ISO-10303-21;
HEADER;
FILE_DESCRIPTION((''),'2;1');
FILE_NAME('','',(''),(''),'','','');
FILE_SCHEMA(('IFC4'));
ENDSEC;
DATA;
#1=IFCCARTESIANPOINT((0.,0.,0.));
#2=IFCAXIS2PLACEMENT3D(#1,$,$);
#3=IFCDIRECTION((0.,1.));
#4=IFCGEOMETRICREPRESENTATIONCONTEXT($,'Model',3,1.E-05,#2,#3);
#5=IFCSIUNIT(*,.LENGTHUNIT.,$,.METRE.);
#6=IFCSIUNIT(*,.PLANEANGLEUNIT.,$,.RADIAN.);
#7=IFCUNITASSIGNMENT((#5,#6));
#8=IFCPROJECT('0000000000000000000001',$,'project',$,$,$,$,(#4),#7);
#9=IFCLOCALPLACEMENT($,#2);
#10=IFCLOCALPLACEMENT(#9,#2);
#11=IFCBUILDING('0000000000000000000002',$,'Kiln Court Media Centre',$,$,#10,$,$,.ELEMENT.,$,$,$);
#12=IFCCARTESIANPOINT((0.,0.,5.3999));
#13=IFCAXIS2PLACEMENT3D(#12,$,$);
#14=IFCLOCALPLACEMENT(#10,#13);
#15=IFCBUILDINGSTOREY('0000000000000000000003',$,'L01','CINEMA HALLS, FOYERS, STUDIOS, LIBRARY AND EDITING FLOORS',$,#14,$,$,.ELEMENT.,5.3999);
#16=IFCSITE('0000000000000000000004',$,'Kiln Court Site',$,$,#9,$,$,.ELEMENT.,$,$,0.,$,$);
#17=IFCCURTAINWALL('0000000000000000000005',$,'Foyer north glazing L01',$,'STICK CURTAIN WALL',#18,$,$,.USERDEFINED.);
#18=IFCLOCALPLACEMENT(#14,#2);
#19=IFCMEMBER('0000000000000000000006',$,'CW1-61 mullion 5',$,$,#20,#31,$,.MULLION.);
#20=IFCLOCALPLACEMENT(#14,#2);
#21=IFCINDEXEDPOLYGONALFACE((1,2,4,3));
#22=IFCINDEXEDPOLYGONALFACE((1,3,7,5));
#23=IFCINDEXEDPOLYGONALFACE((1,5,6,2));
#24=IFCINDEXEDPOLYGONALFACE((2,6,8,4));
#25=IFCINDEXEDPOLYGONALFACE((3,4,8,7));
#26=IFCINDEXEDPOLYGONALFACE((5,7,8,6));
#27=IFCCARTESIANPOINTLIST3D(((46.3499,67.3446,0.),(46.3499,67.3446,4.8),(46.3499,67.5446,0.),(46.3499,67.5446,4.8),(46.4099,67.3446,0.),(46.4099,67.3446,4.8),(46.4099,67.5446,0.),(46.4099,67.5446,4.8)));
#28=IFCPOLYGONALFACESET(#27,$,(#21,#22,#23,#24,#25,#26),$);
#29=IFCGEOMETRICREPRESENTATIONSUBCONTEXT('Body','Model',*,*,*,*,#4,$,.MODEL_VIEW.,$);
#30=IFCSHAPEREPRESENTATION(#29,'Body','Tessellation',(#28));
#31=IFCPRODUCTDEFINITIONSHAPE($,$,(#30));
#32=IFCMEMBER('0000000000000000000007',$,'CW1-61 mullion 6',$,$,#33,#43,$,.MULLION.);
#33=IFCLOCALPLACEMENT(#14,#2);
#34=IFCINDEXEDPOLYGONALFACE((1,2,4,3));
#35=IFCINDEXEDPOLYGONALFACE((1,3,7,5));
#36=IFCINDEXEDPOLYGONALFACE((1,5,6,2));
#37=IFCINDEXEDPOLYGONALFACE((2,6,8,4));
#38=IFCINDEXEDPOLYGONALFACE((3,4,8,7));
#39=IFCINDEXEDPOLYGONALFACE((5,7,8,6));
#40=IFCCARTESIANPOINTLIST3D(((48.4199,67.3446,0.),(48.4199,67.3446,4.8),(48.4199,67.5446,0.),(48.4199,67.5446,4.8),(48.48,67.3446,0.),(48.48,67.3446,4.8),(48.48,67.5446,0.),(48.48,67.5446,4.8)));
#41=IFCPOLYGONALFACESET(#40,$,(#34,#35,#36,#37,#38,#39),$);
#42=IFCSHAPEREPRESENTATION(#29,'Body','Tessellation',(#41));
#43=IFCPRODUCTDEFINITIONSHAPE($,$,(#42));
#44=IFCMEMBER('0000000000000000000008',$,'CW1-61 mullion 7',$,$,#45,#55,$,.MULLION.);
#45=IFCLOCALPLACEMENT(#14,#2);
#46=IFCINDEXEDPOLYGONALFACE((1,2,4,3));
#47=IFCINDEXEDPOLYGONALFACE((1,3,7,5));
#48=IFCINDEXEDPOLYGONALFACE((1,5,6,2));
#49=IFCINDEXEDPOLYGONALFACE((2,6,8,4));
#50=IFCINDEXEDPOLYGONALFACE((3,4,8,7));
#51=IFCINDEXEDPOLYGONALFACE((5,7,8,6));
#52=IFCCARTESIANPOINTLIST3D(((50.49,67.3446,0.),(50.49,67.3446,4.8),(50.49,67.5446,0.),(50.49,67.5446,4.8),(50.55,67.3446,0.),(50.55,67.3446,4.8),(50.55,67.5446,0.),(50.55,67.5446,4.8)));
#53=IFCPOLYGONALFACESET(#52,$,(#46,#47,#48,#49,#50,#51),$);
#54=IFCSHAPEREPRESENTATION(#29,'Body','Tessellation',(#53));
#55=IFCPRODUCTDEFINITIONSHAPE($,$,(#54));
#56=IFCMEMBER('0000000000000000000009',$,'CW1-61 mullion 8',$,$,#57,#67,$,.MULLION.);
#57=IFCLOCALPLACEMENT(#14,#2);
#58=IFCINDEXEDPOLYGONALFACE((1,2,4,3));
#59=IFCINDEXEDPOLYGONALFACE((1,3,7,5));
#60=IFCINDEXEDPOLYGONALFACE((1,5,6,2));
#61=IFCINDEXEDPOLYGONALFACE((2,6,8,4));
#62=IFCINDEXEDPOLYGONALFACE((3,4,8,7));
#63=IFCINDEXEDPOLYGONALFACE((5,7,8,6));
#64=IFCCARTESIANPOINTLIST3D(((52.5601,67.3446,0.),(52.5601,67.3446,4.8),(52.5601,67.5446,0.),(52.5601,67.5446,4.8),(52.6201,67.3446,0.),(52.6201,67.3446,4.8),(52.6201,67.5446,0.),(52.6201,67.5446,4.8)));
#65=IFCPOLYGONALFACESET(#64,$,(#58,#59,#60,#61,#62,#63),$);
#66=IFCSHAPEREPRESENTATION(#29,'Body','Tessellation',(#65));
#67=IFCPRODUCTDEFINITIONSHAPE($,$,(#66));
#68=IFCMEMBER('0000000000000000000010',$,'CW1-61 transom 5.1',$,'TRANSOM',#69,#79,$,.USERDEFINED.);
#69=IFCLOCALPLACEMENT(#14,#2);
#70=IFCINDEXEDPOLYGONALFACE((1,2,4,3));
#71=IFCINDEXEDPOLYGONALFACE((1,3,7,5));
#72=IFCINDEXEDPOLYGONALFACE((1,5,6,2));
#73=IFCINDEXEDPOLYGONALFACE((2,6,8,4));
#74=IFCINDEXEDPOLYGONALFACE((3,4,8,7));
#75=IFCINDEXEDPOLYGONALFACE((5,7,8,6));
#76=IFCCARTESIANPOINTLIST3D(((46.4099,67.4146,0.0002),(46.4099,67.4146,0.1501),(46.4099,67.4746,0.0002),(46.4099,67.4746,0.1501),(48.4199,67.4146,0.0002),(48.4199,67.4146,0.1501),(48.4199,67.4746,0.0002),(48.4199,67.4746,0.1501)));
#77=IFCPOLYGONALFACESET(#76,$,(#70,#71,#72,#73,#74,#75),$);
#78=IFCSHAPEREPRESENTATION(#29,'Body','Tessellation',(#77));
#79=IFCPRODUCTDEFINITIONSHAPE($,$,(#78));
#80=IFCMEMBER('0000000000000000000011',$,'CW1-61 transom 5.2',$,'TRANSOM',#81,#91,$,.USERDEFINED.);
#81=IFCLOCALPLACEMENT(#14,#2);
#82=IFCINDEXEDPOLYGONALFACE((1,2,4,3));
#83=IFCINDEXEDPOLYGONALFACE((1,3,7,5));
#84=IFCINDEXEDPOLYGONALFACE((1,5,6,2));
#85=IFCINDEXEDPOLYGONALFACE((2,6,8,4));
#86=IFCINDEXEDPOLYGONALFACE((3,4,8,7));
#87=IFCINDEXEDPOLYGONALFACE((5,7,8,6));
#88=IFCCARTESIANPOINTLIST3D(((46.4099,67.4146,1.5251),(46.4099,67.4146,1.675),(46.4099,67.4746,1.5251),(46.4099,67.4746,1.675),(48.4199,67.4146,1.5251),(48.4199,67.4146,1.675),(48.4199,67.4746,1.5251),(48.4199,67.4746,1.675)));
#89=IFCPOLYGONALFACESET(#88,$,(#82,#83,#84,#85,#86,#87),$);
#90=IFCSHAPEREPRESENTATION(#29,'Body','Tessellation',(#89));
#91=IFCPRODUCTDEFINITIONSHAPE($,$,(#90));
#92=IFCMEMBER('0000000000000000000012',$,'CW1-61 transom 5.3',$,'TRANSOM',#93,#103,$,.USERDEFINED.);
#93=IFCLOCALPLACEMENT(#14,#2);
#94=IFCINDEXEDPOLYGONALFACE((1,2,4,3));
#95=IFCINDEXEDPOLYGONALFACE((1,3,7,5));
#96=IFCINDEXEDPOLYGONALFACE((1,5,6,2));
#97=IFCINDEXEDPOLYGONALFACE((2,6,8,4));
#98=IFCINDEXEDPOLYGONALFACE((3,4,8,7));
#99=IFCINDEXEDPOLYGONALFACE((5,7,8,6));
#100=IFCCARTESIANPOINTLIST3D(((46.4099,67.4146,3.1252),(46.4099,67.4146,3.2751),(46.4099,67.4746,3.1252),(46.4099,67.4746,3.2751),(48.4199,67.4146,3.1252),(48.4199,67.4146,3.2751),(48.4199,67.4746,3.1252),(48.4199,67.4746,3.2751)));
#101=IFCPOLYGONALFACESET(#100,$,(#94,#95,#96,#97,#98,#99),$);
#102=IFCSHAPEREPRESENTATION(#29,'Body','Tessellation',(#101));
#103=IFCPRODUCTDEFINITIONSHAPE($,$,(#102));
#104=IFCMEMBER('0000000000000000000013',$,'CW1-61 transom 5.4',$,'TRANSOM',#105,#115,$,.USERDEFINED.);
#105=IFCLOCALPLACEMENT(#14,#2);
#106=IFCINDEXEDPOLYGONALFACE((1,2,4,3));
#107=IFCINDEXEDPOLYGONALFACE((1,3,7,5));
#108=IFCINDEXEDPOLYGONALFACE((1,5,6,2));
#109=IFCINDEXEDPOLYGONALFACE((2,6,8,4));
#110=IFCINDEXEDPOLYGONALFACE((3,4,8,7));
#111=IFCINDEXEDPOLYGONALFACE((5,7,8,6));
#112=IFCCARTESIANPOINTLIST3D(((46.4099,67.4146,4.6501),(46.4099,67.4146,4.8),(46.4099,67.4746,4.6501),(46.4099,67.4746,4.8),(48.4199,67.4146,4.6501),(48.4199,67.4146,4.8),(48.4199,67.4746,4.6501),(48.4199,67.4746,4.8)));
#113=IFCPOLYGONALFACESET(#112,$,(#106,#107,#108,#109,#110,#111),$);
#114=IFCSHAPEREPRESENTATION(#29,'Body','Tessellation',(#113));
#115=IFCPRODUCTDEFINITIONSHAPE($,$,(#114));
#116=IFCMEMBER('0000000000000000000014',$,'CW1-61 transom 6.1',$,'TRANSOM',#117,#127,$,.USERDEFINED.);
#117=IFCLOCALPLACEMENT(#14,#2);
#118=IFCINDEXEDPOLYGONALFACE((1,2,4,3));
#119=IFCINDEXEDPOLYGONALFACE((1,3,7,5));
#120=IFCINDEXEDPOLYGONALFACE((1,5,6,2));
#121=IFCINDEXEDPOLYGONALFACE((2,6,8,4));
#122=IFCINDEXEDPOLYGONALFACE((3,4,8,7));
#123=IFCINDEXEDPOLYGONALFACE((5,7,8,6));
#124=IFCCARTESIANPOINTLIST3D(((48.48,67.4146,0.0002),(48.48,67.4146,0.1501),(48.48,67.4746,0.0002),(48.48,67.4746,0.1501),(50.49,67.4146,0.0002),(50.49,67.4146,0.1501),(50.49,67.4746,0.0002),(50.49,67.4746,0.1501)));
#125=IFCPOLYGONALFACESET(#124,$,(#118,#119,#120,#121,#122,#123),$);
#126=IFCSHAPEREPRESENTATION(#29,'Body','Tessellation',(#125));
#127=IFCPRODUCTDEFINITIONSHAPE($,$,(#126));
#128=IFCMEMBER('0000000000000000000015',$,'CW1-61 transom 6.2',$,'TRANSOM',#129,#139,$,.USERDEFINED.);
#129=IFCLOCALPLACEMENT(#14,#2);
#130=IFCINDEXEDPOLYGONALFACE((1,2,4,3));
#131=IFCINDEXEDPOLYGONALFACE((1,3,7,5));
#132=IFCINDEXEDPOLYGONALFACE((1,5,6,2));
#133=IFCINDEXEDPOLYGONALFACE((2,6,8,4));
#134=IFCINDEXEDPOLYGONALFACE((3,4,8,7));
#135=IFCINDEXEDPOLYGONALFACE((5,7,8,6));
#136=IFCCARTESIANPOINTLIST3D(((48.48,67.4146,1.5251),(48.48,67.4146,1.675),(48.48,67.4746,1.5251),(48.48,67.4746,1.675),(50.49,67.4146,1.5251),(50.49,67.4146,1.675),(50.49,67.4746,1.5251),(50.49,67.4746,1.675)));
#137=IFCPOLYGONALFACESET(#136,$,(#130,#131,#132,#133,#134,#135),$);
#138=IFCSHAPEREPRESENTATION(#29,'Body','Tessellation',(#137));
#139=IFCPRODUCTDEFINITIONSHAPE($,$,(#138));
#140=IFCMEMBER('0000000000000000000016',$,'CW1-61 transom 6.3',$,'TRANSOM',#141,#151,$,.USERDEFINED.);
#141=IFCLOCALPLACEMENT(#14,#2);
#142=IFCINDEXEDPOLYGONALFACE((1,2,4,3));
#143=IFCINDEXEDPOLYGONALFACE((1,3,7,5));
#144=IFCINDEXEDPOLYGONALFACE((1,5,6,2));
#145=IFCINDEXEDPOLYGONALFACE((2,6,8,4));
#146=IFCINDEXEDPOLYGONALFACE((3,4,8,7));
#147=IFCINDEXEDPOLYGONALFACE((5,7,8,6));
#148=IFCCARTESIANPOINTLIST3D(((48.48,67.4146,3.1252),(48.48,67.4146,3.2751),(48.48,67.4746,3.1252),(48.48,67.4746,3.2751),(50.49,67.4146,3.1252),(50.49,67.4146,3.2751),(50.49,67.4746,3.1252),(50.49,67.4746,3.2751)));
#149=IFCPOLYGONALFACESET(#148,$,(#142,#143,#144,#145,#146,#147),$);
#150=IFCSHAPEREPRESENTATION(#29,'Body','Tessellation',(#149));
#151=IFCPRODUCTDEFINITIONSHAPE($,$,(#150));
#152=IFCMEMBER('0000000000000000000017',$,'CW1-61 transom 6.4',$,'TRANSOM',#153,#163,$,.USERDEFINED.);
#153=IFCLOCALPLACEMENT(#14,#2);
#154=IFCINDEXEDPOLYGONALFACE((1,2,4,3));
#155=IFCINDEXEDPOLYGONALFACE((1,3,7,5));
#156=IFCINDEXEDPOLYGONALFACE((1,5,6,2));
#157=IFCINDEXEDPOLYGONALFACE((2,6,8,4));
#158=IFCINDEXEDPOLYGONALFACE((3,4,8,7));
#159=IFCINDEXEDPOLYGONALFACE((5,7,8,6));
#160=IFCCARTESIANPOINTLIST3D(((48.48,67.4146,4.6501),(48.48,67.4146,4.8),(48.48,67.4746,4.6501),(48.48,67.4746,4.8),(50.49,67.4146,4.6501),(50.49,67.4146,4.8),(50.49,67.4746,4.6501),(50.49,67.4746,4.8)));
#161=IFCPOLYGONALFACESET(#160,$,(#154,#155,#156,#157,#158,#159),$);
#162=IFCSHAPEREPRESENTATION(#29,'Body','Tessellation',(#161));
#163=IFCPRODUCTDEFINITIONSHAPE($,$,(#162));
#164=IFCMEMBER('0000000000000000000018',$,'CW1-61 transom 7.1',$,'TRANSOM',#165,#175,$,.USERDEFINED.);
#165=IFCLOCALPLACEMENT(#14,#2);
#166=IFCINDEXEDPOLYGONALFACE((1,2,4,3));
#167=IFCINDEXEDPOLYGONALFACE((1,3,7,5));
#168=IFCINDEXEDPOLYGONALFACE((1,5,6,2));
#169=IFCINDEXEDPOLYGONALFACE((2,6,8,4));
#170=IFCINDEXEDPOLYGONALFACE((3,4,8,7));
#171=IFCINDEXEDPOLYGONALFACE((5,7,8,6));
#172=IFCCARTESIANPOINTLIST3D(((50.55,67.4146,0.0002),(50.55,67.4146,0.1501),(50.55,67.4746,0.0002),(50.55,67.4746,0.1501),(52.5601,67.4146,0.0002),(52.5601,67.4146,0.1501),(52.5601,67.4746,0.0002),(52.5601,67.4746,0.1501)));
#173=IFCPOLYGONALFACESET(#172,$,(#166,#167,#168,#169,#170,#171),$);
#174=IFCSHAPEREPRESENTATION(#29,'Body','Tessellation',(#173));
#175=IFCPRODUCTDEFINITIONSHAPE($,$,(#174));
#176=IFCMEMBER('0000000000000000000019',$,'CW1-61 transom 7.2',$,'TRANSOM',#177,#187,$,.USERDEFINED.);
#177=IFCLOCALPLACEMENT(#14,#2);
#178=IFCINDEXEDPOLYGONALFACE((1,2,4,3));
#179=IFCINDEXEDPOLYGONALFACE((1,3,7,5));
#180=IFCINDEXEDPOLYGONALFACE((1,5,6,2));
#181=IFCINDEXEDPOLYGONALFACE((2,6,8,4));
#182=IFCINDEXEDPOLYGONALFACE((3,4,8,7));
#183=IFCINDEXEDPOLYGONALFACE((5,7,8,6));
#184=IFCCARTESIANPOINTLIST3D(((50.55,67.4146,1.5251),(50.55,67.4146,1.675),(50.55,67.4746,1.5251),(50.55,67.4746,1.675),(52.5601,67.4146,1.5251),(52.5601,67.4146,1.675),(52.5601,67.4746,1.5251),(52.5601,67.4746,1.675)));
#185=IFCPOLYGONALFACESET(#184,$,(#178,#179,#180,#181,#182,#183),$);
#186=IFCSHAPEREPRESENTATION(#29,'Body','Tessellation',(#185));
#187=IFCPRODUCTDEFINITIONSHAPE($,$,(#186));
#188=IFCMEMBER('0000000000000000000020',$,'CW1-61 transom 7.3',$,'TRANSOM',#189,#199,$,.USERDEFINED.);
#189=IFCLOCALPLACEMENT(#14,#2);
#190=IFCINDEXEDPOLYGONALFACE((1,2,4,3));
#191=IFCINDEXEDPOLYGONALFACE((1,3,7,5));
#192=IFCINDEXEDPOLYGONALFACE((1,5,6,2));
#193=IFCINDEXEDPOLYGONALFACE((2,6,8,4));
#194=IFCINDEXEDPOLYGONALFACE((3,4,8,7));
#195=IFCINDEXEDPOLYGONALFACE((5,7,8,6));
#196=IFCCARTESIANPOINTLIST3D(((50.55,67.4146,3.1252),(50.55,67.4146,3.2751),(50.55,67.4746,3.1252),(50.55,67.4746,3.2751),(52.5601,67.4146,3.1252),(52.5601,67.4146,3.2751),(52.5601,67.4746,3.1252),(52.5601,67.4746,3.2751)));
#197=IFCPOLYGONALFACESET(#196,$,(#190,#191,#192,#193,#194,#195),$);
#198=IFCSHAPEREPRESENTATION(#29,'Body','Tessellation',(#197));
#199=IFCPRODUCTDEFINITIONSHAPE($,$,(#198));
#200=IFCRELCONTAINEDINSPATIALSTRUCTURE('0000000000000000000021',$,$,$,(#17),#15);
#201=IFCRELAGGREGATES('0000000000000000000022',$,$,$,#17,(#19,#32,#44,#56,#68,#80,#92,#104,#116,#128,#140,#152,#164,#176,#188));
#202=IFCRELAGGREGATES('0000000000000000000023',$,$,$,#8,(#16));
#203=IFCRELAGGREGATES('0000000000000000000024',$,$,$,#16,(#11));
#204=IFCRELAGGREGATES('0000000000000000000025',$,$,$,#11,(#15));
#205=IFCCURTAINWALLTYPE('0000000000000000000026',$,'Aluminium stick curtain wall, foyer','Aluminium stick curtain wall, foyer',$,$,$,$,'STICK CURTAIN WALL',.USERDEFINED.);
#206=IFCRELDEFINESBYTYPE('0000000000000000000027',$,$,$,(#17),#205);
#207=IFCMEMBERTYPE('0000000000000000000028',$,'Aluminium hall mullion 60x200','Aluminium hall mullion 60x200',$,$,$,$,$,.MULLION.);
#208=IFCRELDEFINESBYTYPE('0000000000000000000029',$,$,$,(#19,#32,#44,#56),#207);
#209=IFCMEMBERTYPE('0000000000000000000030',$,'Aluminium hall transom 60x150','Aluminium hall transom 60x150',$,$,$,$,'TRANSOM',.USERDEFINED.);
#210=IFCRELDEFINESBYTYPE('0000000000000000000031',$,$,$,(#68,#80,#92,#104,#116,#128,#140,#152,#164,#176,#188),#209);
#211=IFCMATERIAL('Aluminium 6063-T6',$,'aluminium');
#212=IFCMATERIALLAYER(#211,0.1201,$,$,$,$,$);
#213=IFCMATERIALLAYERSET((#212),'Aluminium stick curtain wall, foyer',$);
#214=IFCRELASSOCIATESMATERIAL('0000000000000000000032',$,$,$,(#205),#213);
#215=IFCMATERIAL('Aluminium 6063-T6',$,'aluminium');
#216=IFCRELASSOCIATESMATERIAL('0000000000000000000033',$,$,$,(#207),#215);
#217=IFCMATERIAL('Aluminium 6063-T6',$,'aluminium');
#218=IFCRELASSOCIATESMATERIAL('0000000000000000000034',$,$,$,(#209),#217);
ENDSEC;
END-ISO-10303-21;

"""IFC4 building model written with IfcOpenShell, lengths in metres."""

from ifc_helpers import new_model, si_unit, direction, frame, origin, origin_2d, place, context, subcontext, project, spatial, rectangle, extrude, material, layer, layer_set, material_profile, profile_set, type_object, element, aggregate, save


model = new_model("IFC4")

# Units and contexts
model_context = context("Model", 3, precision=1e-05, world=origin(), true_north=direction((0.0, 1.0)))
body_context = subcontext(model_context, "Body", "Model", "MODEL_VIEW")
ifc_project = project(units=[si_unit("LENGTHUNIT", "METRE"), si_unit("PLANEANGLEUNIT", "RADIAN")], contexts=[model_context])

# Site, building, storey
site_placement = place(None, origin())
site = spatial("IfcSite", under=ifc_project, at=site_placement, Name="Kiln Court Site", CompositionType="ELEMENT", RefElevation=0.0)
building_placement = place(site_placement, origin())
building = spatial("IfcBuilding", under=site, at=building_placement, Name="Kiln Court Media Centre", CompositionType="ELEMENT")
storey_placement = place(building_placement, frame((0.0, 0.0, 5.3999)))
storey = spatial("IfcBuildingStorey", under=building, at=storey_placement, Name="L01", Description="CINEMA HALLS, FOYERS, STUDIOS, LIBRARY AND EDITING FLOORS", CompositionType="ELEMENT", Elevation=5.3999)

# Curtain wall, members
ifc_material_1 = material(Name="Aluminium 6063-T6", Category="aluminium")
ifc_layer_1 = layer(ifc_material_1, 0.1201)
ifc_layer_set_1 = layer_set([ifc_layer_1], Name="Aluminium stick curtain wall, foyer")
curtain_wall_type = type_object("IfcCurtainWallType", Name="Aluminium stick curtain wall, foyer", Description="Aluminium stick curtain wall, foyer", ElementType="STICK CURTAIN WALL", PredefinedType="USERDEFINED", material=ifc_layer_set_1)
curtain_wall_placement = place(storey_placement, origin())
curtain_wall = element("IfcCurtainWall", 1, at=curtain_wall_placement, inside=storey, type_object=curtain_wall_type, Name="Foyer north glazing L01", ObjectType="STICK CURTAIN WALL", PredefinedType="USERDEFINED")
ifc_material_2 = material(Name="Aluminium 6063-T6", Category="aluminium")
ifc_material_profile_1 = material_profile(ifc_material_2, rectangle(XDim=0.0601, YDim=0.2, at=origin_2d()), Name="Aluminium hall mullion 60x200")
ifc_profile_set_1 = profile_set([ifc_material_profile_1], Name="Aluminium 6063-T6")
member_type_1 = type_object("IfcMemberType", Name="Aluminium hall mullion 60x200", Description="Aluminium hall mullion 60x200", PredefinedType="MULLION", material=ifc_profile_set_1)
member_1_placement = place(storey_placement, frame((46.3799, 67.4446, 0.0), z_axis=(0.0, 0.0, 1.0), x_axis=(1.0, 0.0, 0.0)))
member_1 = element("IfcMember", 2, at=member_1_placement, type_object=member_type_1, Name="CW1-61 mullion 5", PredefinedType="MULLION", context=body_context, shape_type="SweptSolid", body=[
    extrude(rectangle(XDim=0.0601, YDim=0.2, at=origin_2d()), origin(), (0.0, 0.0, 1.0), 4.8),
])
member_2_placement = place(storey_placement, frame((48.45, 67.4446, 0.0), z_axis=(0.0, 0.0, 1.0), x_axis=(1.0, 0.0, 0.0)))
member_2 = element("IfcMember", 3, at=member_2_placement, type_object=member_type_1, Name="CW1-61 mullion 6", PredefinedType="MULLION", context=body_context, shape_type="SweptSolid", body=[
    extrude(rectangle(XDim=0.0601, YDim=0.2, at=origin_2d()), origin(), (0.0, 0.0, 1.0), 4.8),
])
member_3_placement = place(storey_placement, frame((50.52, 67.4446, 0.0), z_axis=(0.0, 0.0, 1.0), x_axis=(1.0, 0.0, 0.0)))
member_3 = element("IfcMember", 4, at=member_3_placement, type_object=member_type_1, Name="CW1-61 mullion 7", PredefinedType="MULLION", context=body_context, shape_type="SweptSolid", body=[
    extrude(rectangle(XDim=0.0601, YDim=0.2, at=origin_2d()), origin(), (0.0, 0.0, 1.0), 4.8),
])
member_4_placement = place(storey_placement, frame((52.5901, 67.4446, 0.0), z_axis=(0.0, 0.0, 1.0), x_axis=(1.0, 0.0, 0.0)))
member_4 = element("IfcMember", 5, at=member_4_placement, type_object=member_type_1, Name="CW1-61 mullion 8", PredefinedType="MULLION", context=body_context, shape_type="SweptSolid", body=[
    extrude(rectangle(XDim=0.0601, YDim=0.2, at=origin_2d()), origin(), (0.0, 0.0, 1.0), 4.8),
])
ifc_material_3 = material(Name="Aluminium 6063-T6", Category="aluminium")
ifc_material_profile_2 = material_profile(ifc_material_3, rectangle(XDim=0.0601, YDim=0.1499, at=origin_2d()), Name="Aluminium hall transom 60x150")
ifc_profile_set_2 = profile_set([ifc_material_profile_2], Name="Aluminium 6063-T6")
member_type_2 = type_object("IfcMemberType", Name="Aluminium hall transom 60x150", Description="Aluminium hall transom 60x150", ElementType="TRANSOM", PredefinedType="USERDEFINED", material=ifc_profile_set_2)
member_5_placement = place(storey_placement, frame((46.4099, 67.4446, 0.0752), z_axis=(1.0, 0.0, 0.0), x_axis=(0.0, 1.0, 0.0)))
member_5 = element("IfcMember", 6, at=member_5_placement, type_object=member_type_2, Name="CW1-61 transom 5.1", ObjectType="TRANSOM", PredefinedType="USERDEFINED", context=body_context, shape_type="SweptSolid", body=[
    extrude(rectangle(XDim=0.0601, YDim=0.1499, at=origin_2d()), origin(), (0.0, 0.0, 1.0), 2.01),
])
member_6_placement = place(storey_placement, frame((46.4099, 67.4446, 1.6001), z_axis=(1.0, 0.0, 0.0), x_axis=(0.0, 1.0, 0.0)))
member_6 = element("IfcMember", 7, at=member_6_placement, type_object=member_type_2, Name="CW1-61 transom 5.2", ObjectType="TRANSOM", PredefinedType="USERDEFINED", context=body_context, shape_type="SweptSolid", body=[
    extrude(rectangle(XDim=0.0601, YDim=0.1499, at=origin_2d()), origin(), (0.0, 0.0, 1.0), 2.01),
])
member_7_placement = place(storey_placement, frame((46.4099, 67.4446, 3.2002), z_axis=(1.0, 0.0, 0.0), x_axis=(0.0, 1.0, 0.0)))
member_7 = element("IfcMember", 8, at=member_7_placement, type_object=member_type_2, Name="CW1-61 transom 5.3", ObjectType="TRANSOM", PredefinedType="USERDEFINED", context=body_context, shape_type="SweptSolid", body=[
    extrude(rectangle(XDim=0.0601, YDim=0.1499, at=origin_2d()), origin(), (0.0, 0.0, 1.0), 2.01),
])
member_8_placement = place(storey_placement, frame((46.4099, 67.4446, 4.7251), z_axis=(1.0, 0.0, 0.0), x_axis=(0.0, 1.0, 0.0)))
member_8 = element("IfcMember", 9, at=member_8_placement, type_object=member_type_2, Name="CW1-61 transom 5.4", ObjectType="TRANSOM", PredefinedType="USERDEFINED", context=body_context, shape_type="SweptSolid", body=[
    extrude(rectangle(XDim=0.0601, YDim=0.1499, at=origin_2d()), origin(), (0.0, 0.0, 1.0), 2.01),
])
member_9_placement = place(storey_placement, frame((48.48, 67.4446, 0.0752), z_axis=(1.0, 0.0, 0.0), x_axis=(0.0, 1.0, 0.0)))
member_9 = element("IfcMember", 10, at=member_9_placement, type_object=member_type_2, Name="CW1-61 transom 6.1", ObjectType="TRANSOM", PredefinedType="USERDEFINED", context=body_context, shape_type="SweptSolid", body=[
    extrude(rectangle(XDim=0.0601, YDim=0.1499, at=origin_2d()), origin(), (0.0, 0.0, 1.0), 2.01),
])
member_10_placement = place(storey_placement, frame((48.48, 67.4446, 1.6001), z_axis=(1.0, 0.0, 0.0), x_axis=(0.0, 1.0, 0.0)))
member_10 = element("IfcMember", 11, at=member_10_placement, type_object=member_type_2, Name="CW1-61 transom 6.2", ObjectType="TRANSOM", PredefinedType="USERDEFINED", context=body_context, shape_type="SweptSolid", body=[
    extrude(rectangle(XDim=0.0601, YDim=0.1499, at=origin_2d()), origin(), (0.0, 0.0, 1.0), 2.01),
])
member_11_placement = place(storey_placement, frame((48.48, 67.4446, 3.2002), z_axis=(1.0, 0.0, 0.0), x_axis=(0.0, 1.0, 0.0)))
member_11 = element("IfcMember", 12, at=member_11_placement, type_object=member_type_2, Name="CW1-61 transom 6.3", ObjectType="TRANSOM", PredefinedType="USERDEFINED", context=body_context, shape_type="SweptSolid", body=[
    extrude(rectangle(XDim=0.0601, YDim=0.1499, at=origin_2d()), origin(), (0.0, 0.0, 1.0), 2.01),
])
member_12_placement = place(storey_placement, frame((48.48, 67.4446, 4.7251), z_axis=(1.0, 0.0, 0.0), x_axis=(0.0, 1.0, 0.0)))
member_12 = element("IfcMember", 13, at=member_12_placement, type_object=member_type_2, Name="CW1-61 transom 6.4", ObjectType="TRANSOM", PredefinedType="USERDEFINED", context=body_context, shape_type="SweptSolid", body=[
    extrude(rectangle(XDim=0.0601, YDim=0.1499, at=origin_2d()), origin(), (0.0, 0.0, 1.0), 2.01),
])
member_13_placement = place(storey_placement, frame((50.55, 67.4446, 0.0752), z_axis=(1.0, 0.0, 0.0), x_axis=(0.0, 1.0, 0.0)))
member_13 = element("IfcMember", 14, at=member_13_placement, type_object=member_type_2, Name="CW1-61 transom 7.1", ObjectType="TRANSOM", PredefinedType="USERDEFINED", context=body_context, shape_type="SweptSolid", body=[
    extrude(rectangle(XDim=0.0601, YDim=0.1499, at=origin_2d()), origin(), (0.0, 0.0, 1.0), 2.01),
])
member_14_placement = place(storey_placement, frame((50.55, 67.4446, 1.6001), z_axis=(1.0, 0.0, 0.0), x_axis=(0.0, 1.0, 0.0)))
member_14 = element("IfcMember", 15, at=member_14_placement, type_object=member_type_2, Name="CW1-61 transom 7.2", ObjectType="TRANSOM", PredefinedType="USERDEFINED", context=body_context, shape_type="SweptSolid", body=[
    extrude(rectangle(XDim=0.0601, YDim=0.1499, at=origin_2d()), origin(), (0.0, 0.0, 1.0), 2.01),
])
member_15_placement = place(storey_placement, frame((50.55, 67.4446, 3.2002), z_axis=(1.0, 0.0, 0.0), x_axis=(0.0, 1.0, 0.0)))
member_15 = element("IfcMember", 16, at=member_15_placement, type_object=member_type_2, Name="CW1-61 transom 7.3", ObjectType="TRANSOM", PredefinedType="USERDEFINED", context=body_context, shape_type="SweptSolid", body=[
    extrude(rectangle(XDim=0.0601, YDim=0.1499, at=origin_2d()), origin(), (0.0, 0.0, 1.0), 2.01),
])
aggregate(curtain_wall, [member_1, member_2, member_3, member_4, member_5, member_6, member_7, member_8, member_9, member_10, member_11, member_12, member_13, member_14, member_15])

save(model, "model.ifc")
